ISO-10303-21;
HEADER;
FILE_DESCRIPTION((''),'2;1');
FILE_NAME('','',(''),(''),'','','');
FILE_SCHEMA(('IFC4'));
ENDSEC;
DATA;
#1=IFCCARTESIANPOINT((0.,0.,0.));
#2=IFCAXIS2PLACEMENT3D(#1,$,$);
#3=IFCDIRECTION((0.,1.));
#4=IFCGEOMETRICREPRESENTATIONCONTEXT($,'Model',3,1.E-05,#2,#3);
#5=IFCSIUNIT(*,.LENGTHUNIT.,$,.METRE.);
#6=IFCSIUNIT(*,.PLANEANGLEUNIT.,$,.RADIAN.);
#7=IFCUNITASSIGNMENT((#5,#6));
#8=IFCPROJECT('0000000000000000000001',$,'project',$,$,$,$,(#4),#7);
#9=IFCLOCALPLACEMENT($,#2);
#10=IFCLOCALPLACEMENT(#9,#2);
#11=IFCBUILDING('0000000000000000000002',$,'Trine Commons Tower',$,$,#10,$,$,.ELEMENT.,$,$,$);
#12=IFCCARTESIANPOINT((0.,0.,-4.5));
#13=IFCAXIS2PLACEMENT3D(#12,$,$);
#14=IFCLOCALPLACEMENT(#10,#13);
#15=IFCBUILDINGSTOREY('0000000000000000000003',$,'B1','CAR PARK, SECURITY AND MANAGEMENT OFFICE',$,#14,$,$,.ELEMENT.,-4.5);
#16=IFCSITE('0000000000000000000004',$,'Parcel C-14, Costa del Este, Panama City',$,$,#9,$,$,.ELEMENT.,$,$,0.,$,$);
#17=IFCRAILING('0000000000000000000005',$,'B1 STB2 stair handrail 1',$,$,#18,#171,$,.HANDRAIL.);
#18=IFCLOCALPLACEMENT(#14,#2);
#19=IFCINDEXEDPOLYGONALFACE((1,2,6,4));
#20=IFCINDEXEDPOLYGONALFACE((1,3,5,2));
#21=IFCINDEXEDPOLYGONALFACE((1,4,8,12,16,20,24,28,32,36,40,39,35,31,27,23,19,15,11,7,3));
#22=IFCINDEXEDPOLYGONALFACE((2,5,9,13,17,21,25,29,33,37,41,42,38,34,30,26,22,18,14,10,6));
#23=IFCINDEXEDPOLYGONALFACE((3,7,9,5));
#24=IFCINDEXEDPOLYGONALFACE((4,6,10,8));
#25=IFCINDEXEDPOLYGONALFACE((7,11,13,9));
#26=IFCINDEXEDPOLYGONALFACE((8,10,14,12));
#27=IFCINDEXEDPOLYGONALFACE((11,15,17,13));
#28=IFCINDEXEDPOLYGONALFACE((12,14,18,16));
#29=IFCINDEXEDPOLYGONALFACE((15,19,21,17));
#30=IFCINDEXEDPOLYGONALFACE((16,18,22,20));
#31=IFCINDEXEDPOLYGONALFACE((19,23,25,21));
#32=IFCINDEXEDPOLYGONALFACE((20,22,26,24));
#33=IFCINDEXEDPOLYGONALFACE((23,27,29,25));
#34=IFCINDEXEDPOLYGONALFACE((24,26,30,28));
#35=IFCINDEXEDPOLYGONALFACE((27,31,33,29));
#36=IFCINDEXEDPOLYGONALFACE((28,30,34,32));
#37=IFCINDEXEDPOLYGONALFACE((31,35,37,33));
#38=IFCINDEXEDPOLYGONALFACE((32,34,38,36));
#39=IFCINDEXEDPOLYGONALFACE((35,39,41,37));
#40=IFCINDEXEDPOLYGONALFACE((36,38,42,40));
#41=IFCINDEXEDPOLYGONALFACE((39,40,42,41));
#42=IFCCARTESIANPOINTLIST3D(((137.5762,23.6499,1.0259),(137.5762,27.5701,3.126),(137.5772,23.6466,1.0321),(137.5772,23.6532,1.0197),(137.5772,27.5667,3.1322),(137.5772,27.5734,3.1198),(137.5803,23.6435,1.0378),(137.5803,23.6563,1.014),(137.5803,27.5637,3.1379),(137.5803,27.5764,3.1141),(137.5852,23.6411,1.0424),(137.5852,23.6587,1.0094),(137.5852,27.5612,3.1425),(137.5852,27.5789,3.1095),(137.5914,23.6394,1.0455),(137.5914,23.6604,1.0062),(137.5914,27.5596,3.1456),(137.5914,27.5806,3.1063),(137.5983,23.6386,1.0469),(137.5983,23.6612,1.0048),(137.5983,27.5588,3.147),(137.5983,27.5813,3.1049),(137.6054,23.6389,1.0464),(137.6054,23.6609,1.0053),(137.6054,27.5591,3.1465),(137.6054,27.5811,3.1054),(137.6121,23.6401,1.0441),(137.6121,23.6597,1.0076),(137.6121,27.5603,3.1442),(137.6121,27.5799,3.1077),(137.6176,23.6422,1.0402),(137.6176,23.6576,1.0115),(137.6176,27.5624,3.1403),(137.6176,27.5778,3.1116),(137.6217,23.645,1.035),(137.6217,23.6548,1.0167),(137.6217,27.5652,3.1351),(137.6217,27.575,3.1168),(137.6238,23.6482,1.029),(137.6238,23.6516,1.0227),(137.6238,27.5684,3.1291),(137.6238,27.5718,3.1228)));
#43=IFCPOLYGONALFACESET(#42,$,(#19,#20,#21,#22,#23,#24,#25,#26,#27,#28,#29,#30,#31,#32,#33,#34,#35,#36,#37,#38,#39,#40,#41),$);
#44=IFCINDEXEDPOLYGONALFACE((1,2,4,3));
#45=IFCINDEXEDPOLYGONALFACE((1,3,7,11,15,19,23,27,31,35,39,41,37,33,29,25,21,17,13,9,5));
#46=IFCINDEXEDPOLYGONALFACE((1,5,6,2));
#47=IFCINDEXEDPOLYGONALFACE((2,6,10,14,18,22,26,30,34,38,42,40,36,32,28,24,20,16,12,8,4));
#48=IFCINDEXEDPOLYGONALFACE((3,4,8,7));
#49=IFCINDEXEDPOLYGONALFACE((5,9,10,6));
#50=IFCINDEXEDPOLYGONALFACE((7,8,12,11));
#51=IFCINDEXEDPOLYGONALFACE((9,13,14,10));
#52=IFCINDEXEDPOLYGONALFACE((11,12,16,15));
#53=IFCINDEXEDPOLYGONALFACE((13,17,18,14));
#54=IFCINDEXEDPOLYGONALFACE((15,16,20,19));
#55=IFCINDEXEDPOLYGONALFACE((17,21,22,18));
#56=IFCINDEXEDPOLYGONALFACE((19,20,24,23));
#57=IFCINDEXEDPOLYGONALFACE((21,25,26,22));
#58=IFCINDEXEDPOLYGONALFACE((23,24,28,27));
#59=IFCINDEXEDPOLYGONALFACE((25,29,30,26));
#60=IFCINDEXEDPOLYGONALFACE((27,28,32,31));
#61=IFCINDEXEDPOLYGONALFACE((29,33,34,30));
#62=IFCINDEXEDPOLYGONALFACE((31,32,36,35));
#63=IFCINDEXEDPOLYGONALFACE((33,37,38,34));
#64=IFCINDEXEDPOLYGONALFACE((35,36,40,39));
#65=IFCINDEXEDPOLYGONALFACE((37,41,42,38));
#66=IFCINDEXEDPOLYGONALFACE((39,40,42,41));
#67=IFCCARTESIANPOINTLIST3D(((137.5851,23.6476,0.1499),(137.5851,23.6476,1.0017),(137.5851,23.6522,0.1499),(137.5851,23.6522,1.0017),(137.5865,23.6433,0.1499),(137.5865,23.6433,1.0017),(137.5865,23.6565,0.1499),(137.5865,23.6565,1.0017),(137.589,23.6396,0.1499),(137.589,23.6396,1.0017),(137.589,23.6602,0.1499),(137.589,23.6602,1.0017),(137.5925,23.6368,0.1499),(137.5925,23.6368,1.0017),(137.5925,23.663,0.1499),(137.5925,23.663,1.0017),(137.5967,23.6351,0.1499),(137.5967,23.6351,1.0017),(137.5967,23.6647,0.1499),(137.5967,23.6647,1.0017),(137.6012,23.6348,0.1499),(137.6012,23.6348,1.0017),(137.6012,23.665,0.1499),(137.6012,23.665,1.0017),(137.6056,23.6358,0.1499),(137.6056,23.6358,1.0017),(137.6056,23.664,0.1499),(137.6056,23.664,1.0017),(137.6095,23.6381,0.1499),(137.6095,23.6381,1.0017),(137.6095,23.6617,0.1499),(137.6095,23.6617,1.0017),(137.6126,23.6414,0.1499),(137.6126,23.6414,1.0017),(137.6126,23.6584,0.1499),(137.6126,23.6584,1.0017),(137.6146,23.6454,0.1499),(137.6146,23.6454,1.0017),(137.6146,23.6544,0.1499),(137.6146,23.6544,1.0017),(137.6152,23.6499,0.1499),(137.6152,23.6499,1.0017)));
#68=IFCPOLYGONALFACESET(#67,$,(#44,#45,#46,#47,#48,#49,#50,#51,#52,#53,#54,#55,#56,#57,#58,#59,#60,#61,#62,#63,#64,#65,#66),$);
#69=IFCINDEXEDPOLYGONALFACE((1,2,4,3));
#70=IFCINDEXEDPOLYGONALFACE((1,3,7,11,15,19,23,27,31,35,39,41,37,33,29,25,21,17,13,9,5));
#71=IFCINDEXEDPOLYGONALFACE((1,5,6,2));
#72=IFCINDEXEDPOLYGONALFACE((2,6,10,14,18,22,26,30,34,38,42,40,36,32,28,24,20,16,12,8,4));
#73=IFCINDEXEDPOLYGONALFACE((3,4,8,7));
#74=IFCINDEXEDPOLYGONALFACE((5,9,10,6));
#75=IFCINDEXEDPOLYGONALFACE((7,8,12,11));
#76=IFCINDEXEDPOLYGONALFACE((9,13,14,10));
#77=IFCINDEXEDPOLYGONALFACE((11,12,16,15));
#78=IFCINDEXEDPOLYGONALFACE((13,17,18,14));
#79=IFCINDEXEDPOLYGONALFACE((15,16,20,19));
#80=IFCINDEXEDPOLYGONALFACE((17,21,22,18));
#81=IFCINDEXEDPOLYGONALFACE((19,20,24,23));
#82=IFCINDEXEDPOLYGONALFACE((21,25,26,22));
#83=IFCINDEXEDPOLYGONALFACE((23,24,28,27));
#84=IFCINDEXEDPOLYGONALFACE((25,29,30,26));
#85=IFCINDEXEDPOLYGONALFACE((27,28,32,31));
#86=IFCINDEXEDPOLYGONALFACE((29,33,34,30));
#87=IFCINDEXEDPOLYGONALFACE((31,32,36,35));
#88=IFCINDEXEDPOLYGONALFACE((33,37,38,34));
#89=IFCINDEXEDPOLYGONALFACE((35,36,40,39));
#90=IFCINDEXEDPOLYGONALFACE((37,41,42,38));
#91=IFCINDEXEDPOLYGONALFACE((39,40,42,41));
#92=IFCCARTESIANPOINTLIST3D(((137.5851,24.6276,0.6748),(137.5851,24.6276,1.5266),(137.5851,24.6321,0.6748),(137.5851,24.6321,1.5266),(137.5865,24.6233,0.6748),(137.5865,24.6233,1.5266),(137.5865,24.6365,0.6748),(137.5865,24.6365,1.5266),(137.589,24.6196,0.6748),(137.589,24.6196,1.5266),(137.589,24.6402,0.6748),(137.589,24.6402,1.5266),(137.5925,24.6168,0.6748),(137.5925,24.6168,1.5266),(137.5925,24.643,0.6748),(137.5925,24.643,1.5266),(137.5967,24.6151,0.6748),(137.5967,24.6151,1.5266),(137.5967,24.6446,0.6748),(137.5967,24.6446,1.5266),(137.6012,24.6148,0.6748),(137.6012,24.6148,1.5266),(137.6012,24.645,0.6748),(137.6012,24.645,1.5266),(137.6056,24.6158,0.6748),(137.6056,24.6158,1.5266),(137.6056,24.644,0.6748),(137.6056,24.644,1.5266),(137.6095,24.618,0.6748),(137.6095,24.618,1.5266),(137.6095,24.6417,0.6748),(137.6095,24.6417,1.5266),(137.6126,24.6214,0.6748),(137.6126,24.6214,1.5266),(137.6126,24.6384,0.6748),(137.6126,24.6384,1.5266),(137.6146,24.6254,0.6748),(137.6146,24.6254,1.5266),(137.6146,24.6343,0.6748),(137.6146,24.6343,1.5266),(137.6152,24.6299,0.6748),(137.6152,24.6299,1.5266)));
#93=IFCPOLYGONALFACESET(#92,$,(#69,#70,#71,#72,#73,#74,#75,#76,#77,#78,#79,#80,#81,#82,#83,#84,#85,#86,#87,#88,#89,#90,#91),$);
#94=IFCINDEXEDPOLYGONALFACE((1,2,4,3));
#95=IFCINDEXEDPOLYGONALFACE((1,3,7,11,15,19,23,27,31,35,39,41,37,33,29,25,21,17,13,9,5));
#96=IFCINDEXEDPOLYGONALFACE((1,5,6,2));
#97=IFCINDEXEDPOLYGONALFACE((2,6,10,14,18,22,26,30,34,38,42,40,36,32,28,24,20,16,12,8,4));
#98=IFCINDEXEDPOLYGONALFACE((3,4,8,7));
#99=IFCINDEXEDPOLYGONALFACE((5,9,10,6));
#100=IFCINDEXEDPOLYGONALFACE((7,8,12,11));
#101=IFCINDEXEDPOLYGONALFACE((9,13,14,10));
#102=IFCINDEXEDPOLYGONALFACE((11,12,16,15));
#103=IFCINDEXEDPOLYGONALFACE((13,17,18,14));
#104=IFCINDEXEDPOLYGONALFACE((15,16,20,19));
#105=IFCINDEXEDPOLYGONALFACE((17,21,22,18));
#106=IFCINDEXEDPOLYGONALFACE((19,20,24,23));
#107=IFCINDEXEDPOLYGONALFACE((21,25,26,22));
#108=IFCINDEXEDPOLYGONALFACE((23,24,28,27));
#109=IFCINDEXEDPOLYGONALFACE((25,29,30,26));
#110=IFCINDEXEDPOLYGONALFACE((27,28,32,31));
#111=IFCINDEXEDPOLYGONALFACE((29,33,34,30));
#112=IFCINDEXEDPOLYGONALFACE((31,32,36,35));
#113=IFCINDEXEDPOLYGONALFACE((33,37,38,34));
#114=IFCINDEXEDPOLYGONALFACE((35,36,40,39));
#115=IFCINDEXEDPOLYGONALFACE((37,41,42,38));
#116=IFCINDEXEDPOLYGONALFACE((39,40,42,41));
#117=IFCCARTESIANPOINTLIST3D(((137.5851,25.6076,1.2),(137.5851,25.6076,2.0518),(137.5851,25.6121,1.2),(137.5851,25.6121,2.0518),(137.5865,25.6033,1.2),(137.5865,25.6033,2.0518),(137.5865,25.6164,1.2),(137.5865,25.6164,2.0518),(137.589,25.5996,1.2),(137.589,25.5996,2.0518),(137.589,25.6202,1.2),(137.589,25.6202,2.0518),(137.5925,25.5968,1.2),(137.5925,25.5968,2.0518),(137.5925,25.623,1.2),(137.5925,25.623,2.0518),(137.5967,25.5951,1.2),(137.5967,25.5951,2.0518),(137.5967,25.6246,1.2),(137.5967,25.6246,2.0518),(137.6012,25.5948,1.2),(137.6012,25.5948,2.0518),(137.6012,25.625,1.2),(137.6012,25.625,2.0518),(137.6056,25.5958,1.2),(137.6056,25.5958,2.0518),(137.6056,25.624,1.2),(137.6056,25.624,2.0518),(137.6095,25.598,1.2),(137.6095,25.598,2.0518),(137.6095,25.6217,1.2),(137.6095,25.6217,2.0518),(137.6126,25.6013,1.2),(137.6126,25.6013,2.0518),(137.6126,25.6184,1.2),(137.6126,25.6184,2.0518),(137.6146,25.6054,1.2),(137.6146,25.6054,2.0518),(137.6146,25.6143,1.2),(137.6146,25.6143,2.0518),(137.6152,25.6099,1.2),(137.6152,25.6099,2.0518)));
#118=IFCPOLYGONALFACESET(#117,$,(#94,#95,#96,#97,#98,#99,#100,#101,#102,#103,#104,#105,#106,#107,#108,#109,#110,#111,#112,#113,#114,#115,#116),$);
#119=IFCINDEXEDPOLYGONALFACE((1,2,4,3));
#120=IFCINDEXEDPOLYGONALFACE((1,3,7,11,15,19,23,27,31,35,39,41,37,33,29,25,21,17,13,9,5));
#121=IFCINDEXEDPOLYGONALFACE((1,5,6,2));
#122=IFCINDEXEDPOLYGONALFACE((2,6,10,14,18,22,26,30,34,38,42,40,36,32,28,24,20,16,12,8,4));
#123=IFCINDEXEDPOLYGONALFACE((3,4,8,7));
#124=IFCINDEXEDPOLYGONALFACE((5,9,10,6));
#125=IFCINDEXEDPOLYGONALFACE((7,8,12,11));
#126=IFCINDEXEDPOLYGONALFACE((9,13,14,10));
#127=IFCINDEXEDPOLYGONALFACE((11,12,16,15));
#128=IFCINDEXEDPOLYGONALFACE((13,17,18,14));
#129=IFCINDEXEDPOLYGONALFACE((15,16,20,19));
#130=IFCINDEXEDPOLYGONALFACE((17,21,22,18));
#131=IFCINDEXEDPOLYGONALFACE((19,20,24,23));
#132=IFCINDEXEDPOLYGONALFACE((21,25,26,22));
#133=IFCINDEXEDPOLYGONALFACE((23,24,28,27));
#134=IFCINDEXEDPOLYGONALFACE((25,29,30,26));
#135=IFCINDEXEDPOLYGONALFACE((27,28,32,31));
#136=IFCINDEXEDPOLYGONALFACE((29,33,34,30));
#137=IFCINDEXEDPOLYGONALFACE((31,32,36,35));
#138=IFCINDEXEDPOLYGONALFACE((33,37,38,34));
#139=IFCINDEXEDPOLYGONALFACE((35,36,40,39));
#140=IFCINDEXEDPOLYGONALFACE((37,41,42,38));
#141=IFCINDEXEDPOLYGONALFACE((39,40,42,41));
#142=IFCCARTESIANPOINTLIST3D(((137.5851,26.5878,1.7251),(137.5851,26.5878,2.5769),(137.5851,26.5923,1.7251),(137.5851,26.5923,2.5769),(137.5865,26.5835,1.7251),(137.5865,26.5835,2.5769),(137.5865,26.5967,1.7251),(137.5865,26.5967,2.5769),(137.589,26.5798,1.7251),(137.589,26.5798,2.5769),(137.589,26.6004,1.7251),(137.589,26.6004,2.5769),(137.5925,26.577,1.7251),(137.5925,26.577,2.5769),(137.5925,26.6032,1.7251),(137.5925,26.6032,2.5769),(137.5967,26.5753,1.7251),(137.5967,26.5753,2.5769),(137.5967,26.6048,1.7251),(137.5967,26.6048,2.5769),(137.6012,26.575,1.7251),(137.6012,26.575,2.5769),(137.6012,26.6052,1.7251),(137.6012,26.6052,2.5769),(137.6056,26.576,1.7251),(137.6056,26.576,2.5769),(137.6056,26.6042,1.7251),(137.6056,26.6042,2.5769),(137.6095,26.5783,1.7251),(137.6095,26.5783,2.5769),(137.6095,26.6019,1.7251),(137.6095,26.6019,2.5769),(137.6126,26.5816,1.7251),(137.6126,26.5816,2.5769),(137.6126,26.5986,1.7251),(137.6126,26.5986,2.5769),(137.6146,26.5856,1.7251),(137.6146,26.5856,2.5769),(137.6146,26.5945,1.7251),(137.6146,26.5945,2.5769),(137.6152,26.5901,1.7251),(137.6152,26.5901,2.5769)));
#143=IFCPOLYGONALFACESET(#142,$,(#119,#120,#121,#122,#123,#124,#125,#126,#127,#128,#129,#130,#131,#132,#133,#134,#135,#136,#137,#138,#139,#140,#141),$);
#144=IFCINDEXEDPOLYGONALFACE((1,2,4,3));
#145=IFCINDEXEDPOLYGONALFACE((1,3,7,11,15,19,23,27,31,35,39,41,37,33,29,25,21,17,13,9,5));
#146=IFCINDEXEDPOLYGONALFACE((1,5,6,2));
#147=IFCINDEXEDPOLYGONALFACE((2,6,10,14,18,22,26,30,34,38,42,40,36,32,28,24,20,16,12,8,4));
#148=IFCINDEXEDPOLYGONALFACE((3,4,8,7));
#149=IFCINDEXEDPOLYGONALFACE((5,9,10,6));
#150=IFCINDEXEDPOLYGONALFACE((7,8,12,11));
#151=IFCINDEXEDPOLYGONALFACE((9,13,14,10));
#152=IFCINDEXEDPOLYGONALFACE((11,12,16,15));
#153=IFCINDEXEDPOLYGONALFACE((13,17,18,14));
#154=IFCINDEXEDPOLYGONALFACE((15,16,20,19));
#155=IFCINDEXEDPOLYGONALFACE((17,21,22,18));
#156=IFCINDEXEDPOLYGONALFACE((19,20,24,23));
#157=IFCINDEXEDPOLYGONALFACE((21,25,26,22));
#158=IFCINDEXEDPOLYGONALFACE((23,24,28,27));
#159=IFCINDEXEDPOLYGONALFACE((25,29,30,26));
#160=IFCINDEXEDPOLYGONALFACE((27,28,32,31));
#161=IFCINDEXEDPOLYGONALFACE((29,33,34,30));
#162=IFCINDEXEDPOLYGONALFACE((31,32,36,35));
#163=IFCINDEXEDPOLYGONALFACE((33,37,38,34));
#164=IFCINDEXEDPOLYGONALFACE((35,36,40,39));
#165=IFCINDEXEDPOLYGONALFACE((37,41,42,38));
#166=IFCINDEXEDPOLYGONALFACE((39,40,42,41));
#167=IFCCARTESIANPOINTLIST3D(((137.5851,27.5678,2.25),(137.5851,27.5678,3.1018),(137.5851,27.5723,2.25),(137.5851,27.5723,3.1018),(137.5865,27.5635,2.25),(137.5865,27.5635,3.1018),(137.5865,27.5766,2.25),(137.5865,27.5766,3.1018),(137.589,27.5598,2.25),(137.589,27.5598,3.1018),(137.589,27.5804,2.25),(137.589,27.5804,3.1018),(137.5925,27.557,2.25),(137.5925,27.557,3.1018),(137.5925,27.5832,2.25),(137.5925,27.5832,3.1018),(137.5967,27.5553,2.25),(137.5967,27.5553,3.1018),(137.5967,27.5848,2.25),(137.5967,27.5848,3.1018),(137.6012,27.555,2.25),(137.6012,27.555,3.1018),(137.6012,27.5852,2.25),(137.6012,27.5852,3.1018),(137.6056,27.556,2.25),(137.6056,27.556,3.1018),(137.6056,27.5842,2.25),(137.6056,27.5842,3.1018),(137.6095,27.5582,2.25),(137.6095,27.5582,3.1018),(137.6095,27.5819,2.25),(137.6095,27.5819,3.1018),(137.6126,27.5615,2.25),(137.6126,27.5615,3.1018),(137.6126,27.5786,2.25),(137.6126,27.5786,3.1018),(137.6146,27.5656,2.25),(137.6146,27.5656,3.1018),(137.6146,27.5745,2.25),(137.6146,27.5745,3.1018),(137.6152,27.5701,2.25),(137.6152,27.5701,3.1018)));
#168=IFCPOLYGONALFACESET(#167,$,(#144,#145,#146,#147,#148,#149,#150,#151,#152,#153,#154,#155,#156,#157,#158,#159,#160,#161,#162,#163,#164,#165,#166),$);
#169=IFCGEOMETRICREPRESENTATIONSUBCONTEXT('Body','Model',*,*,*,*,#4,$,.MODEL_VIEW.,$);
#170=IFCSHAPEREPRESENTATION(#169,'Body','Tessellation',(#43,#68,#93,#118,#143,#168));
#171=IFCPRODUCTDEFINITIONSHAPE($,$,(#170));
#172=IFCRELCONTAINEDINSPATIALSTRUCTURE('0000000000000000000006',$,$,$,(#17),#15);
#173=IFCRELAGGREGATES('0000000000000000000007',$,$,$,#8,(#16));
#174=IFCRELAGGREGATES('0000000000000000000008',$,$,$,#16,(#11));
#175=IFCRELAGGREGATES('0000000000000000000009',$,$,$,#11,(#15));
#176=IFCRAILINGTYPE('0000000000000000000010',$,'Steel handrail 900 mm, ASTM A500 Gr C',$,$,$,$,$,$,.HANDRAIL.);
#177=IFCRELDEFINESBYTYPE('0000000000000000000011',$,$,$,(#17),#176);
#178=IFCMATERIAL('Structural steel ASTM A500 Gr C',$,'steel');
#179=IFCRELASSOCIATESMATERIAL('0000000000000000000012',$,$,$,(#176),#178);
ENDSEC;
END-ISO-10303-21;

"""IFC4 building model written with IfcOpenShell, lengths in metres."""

from ifc_helpers import new_model, si_unit, direction, frame, origin, origin_2d, place, context, subcontext, project, spatial, circle, extrude, material, type_object, element, save


model = new_model("IFC4")

# Units and contexts
model_context = context("Model", 3, precision=1e-05, world=origin(), true_north=direction((0.0, 1.0)))
body_context = subcontext(model_context, "Body", "Model", "MODEL_VIEW")
ifc_project = project(units=[si_unit("LENGTHUNIT", "METRE"), si_unit("PLANEANGLEUNIT", "RADIAN")], contexts=[model_context])

# Site, building, storey
site_placement = place(None, origin())
site = spatial("IfcSite", under=ifc_project, at=site_placement, Name="Parcel C-14, Costa del Este, Panama City", CompositionType="ELEMENT", RefElevation=0.0)
building_placement = place(site_placement, origin())
building = spatial("IfcBuilding", under=site, at=building_placement, Name="Trine Commons Tower", CompositionType="ELEMENT")
storey_placement = place(building_placement, frame((0.0, 0.0, -4.5)))
storey = spatial("IfcBuildingStorey", under=building, at=storey_placement, Name="B1", Description="CAR PARK, SECURITY AND MANAGEMENT OFFICE", CompositionType="ELEMENT", Elevation=-4.5)

# Railing
ifc_material_1 = material(Name="Structural steel ASTM A500 Gr C", Category="steel")
railing_type_1 = type_object("IfcRailingType", Name="Steel handrail 900 mm, ASTM A500 Gr C", PredefinedType="HANDRAIL", material=ifc_material_1)
railing_1_placement = place(storey_placement, frame((137.6001, 23.6499, 0.1499)))
element("IfcRailing", 1, at=railing_1_placement, inside=storey, type_object=railing_type_1, Name="B1 STB2 stair handrail 1", PredefinedType="HANDRAIL", context=body_context, shape_type="SweptSolid", body=[
    extrude(circle(Radius=0.0239, at=origin_2d()), frame((0.0, 0.0, 0.876), z_axis=(0.0, 0.881479, 0.472223), x_axis=(-1.0, 0.0, 0.0)), (0.0, 0.0, 1.0), 4.4473),
    extrude(circle(Radius=0.0151, at=origin_2d()), origin(), (0.0, 0.0, 1.0), 0.8518),
    extrude(circle(Radius=0.0151, at=origin_2d()), frame((0.0, 0.98, 0.5249)), (0.0, 0.0, 1.0), 0.8518),
    extrude(circle(Radius=0.0151, at=origin_2d()), frame((0.0, 1.96, 1.05)), (0.0, 0.0, 1.0), 0.8518),
    extrude(circle(Radius=0.0151, at=origin_2d()), frame((0.0, 2.9402, 1.5752)), (0.0, 0.0, 1.0), 0.8518),
    extrude(circle(Radius=0.0151, at=origin_2d()), frame((0.0, 3.9202, 2.1001)), (0.0, 0.0, 1.0), 0.8518),
])

save(model, "model.ifc")
